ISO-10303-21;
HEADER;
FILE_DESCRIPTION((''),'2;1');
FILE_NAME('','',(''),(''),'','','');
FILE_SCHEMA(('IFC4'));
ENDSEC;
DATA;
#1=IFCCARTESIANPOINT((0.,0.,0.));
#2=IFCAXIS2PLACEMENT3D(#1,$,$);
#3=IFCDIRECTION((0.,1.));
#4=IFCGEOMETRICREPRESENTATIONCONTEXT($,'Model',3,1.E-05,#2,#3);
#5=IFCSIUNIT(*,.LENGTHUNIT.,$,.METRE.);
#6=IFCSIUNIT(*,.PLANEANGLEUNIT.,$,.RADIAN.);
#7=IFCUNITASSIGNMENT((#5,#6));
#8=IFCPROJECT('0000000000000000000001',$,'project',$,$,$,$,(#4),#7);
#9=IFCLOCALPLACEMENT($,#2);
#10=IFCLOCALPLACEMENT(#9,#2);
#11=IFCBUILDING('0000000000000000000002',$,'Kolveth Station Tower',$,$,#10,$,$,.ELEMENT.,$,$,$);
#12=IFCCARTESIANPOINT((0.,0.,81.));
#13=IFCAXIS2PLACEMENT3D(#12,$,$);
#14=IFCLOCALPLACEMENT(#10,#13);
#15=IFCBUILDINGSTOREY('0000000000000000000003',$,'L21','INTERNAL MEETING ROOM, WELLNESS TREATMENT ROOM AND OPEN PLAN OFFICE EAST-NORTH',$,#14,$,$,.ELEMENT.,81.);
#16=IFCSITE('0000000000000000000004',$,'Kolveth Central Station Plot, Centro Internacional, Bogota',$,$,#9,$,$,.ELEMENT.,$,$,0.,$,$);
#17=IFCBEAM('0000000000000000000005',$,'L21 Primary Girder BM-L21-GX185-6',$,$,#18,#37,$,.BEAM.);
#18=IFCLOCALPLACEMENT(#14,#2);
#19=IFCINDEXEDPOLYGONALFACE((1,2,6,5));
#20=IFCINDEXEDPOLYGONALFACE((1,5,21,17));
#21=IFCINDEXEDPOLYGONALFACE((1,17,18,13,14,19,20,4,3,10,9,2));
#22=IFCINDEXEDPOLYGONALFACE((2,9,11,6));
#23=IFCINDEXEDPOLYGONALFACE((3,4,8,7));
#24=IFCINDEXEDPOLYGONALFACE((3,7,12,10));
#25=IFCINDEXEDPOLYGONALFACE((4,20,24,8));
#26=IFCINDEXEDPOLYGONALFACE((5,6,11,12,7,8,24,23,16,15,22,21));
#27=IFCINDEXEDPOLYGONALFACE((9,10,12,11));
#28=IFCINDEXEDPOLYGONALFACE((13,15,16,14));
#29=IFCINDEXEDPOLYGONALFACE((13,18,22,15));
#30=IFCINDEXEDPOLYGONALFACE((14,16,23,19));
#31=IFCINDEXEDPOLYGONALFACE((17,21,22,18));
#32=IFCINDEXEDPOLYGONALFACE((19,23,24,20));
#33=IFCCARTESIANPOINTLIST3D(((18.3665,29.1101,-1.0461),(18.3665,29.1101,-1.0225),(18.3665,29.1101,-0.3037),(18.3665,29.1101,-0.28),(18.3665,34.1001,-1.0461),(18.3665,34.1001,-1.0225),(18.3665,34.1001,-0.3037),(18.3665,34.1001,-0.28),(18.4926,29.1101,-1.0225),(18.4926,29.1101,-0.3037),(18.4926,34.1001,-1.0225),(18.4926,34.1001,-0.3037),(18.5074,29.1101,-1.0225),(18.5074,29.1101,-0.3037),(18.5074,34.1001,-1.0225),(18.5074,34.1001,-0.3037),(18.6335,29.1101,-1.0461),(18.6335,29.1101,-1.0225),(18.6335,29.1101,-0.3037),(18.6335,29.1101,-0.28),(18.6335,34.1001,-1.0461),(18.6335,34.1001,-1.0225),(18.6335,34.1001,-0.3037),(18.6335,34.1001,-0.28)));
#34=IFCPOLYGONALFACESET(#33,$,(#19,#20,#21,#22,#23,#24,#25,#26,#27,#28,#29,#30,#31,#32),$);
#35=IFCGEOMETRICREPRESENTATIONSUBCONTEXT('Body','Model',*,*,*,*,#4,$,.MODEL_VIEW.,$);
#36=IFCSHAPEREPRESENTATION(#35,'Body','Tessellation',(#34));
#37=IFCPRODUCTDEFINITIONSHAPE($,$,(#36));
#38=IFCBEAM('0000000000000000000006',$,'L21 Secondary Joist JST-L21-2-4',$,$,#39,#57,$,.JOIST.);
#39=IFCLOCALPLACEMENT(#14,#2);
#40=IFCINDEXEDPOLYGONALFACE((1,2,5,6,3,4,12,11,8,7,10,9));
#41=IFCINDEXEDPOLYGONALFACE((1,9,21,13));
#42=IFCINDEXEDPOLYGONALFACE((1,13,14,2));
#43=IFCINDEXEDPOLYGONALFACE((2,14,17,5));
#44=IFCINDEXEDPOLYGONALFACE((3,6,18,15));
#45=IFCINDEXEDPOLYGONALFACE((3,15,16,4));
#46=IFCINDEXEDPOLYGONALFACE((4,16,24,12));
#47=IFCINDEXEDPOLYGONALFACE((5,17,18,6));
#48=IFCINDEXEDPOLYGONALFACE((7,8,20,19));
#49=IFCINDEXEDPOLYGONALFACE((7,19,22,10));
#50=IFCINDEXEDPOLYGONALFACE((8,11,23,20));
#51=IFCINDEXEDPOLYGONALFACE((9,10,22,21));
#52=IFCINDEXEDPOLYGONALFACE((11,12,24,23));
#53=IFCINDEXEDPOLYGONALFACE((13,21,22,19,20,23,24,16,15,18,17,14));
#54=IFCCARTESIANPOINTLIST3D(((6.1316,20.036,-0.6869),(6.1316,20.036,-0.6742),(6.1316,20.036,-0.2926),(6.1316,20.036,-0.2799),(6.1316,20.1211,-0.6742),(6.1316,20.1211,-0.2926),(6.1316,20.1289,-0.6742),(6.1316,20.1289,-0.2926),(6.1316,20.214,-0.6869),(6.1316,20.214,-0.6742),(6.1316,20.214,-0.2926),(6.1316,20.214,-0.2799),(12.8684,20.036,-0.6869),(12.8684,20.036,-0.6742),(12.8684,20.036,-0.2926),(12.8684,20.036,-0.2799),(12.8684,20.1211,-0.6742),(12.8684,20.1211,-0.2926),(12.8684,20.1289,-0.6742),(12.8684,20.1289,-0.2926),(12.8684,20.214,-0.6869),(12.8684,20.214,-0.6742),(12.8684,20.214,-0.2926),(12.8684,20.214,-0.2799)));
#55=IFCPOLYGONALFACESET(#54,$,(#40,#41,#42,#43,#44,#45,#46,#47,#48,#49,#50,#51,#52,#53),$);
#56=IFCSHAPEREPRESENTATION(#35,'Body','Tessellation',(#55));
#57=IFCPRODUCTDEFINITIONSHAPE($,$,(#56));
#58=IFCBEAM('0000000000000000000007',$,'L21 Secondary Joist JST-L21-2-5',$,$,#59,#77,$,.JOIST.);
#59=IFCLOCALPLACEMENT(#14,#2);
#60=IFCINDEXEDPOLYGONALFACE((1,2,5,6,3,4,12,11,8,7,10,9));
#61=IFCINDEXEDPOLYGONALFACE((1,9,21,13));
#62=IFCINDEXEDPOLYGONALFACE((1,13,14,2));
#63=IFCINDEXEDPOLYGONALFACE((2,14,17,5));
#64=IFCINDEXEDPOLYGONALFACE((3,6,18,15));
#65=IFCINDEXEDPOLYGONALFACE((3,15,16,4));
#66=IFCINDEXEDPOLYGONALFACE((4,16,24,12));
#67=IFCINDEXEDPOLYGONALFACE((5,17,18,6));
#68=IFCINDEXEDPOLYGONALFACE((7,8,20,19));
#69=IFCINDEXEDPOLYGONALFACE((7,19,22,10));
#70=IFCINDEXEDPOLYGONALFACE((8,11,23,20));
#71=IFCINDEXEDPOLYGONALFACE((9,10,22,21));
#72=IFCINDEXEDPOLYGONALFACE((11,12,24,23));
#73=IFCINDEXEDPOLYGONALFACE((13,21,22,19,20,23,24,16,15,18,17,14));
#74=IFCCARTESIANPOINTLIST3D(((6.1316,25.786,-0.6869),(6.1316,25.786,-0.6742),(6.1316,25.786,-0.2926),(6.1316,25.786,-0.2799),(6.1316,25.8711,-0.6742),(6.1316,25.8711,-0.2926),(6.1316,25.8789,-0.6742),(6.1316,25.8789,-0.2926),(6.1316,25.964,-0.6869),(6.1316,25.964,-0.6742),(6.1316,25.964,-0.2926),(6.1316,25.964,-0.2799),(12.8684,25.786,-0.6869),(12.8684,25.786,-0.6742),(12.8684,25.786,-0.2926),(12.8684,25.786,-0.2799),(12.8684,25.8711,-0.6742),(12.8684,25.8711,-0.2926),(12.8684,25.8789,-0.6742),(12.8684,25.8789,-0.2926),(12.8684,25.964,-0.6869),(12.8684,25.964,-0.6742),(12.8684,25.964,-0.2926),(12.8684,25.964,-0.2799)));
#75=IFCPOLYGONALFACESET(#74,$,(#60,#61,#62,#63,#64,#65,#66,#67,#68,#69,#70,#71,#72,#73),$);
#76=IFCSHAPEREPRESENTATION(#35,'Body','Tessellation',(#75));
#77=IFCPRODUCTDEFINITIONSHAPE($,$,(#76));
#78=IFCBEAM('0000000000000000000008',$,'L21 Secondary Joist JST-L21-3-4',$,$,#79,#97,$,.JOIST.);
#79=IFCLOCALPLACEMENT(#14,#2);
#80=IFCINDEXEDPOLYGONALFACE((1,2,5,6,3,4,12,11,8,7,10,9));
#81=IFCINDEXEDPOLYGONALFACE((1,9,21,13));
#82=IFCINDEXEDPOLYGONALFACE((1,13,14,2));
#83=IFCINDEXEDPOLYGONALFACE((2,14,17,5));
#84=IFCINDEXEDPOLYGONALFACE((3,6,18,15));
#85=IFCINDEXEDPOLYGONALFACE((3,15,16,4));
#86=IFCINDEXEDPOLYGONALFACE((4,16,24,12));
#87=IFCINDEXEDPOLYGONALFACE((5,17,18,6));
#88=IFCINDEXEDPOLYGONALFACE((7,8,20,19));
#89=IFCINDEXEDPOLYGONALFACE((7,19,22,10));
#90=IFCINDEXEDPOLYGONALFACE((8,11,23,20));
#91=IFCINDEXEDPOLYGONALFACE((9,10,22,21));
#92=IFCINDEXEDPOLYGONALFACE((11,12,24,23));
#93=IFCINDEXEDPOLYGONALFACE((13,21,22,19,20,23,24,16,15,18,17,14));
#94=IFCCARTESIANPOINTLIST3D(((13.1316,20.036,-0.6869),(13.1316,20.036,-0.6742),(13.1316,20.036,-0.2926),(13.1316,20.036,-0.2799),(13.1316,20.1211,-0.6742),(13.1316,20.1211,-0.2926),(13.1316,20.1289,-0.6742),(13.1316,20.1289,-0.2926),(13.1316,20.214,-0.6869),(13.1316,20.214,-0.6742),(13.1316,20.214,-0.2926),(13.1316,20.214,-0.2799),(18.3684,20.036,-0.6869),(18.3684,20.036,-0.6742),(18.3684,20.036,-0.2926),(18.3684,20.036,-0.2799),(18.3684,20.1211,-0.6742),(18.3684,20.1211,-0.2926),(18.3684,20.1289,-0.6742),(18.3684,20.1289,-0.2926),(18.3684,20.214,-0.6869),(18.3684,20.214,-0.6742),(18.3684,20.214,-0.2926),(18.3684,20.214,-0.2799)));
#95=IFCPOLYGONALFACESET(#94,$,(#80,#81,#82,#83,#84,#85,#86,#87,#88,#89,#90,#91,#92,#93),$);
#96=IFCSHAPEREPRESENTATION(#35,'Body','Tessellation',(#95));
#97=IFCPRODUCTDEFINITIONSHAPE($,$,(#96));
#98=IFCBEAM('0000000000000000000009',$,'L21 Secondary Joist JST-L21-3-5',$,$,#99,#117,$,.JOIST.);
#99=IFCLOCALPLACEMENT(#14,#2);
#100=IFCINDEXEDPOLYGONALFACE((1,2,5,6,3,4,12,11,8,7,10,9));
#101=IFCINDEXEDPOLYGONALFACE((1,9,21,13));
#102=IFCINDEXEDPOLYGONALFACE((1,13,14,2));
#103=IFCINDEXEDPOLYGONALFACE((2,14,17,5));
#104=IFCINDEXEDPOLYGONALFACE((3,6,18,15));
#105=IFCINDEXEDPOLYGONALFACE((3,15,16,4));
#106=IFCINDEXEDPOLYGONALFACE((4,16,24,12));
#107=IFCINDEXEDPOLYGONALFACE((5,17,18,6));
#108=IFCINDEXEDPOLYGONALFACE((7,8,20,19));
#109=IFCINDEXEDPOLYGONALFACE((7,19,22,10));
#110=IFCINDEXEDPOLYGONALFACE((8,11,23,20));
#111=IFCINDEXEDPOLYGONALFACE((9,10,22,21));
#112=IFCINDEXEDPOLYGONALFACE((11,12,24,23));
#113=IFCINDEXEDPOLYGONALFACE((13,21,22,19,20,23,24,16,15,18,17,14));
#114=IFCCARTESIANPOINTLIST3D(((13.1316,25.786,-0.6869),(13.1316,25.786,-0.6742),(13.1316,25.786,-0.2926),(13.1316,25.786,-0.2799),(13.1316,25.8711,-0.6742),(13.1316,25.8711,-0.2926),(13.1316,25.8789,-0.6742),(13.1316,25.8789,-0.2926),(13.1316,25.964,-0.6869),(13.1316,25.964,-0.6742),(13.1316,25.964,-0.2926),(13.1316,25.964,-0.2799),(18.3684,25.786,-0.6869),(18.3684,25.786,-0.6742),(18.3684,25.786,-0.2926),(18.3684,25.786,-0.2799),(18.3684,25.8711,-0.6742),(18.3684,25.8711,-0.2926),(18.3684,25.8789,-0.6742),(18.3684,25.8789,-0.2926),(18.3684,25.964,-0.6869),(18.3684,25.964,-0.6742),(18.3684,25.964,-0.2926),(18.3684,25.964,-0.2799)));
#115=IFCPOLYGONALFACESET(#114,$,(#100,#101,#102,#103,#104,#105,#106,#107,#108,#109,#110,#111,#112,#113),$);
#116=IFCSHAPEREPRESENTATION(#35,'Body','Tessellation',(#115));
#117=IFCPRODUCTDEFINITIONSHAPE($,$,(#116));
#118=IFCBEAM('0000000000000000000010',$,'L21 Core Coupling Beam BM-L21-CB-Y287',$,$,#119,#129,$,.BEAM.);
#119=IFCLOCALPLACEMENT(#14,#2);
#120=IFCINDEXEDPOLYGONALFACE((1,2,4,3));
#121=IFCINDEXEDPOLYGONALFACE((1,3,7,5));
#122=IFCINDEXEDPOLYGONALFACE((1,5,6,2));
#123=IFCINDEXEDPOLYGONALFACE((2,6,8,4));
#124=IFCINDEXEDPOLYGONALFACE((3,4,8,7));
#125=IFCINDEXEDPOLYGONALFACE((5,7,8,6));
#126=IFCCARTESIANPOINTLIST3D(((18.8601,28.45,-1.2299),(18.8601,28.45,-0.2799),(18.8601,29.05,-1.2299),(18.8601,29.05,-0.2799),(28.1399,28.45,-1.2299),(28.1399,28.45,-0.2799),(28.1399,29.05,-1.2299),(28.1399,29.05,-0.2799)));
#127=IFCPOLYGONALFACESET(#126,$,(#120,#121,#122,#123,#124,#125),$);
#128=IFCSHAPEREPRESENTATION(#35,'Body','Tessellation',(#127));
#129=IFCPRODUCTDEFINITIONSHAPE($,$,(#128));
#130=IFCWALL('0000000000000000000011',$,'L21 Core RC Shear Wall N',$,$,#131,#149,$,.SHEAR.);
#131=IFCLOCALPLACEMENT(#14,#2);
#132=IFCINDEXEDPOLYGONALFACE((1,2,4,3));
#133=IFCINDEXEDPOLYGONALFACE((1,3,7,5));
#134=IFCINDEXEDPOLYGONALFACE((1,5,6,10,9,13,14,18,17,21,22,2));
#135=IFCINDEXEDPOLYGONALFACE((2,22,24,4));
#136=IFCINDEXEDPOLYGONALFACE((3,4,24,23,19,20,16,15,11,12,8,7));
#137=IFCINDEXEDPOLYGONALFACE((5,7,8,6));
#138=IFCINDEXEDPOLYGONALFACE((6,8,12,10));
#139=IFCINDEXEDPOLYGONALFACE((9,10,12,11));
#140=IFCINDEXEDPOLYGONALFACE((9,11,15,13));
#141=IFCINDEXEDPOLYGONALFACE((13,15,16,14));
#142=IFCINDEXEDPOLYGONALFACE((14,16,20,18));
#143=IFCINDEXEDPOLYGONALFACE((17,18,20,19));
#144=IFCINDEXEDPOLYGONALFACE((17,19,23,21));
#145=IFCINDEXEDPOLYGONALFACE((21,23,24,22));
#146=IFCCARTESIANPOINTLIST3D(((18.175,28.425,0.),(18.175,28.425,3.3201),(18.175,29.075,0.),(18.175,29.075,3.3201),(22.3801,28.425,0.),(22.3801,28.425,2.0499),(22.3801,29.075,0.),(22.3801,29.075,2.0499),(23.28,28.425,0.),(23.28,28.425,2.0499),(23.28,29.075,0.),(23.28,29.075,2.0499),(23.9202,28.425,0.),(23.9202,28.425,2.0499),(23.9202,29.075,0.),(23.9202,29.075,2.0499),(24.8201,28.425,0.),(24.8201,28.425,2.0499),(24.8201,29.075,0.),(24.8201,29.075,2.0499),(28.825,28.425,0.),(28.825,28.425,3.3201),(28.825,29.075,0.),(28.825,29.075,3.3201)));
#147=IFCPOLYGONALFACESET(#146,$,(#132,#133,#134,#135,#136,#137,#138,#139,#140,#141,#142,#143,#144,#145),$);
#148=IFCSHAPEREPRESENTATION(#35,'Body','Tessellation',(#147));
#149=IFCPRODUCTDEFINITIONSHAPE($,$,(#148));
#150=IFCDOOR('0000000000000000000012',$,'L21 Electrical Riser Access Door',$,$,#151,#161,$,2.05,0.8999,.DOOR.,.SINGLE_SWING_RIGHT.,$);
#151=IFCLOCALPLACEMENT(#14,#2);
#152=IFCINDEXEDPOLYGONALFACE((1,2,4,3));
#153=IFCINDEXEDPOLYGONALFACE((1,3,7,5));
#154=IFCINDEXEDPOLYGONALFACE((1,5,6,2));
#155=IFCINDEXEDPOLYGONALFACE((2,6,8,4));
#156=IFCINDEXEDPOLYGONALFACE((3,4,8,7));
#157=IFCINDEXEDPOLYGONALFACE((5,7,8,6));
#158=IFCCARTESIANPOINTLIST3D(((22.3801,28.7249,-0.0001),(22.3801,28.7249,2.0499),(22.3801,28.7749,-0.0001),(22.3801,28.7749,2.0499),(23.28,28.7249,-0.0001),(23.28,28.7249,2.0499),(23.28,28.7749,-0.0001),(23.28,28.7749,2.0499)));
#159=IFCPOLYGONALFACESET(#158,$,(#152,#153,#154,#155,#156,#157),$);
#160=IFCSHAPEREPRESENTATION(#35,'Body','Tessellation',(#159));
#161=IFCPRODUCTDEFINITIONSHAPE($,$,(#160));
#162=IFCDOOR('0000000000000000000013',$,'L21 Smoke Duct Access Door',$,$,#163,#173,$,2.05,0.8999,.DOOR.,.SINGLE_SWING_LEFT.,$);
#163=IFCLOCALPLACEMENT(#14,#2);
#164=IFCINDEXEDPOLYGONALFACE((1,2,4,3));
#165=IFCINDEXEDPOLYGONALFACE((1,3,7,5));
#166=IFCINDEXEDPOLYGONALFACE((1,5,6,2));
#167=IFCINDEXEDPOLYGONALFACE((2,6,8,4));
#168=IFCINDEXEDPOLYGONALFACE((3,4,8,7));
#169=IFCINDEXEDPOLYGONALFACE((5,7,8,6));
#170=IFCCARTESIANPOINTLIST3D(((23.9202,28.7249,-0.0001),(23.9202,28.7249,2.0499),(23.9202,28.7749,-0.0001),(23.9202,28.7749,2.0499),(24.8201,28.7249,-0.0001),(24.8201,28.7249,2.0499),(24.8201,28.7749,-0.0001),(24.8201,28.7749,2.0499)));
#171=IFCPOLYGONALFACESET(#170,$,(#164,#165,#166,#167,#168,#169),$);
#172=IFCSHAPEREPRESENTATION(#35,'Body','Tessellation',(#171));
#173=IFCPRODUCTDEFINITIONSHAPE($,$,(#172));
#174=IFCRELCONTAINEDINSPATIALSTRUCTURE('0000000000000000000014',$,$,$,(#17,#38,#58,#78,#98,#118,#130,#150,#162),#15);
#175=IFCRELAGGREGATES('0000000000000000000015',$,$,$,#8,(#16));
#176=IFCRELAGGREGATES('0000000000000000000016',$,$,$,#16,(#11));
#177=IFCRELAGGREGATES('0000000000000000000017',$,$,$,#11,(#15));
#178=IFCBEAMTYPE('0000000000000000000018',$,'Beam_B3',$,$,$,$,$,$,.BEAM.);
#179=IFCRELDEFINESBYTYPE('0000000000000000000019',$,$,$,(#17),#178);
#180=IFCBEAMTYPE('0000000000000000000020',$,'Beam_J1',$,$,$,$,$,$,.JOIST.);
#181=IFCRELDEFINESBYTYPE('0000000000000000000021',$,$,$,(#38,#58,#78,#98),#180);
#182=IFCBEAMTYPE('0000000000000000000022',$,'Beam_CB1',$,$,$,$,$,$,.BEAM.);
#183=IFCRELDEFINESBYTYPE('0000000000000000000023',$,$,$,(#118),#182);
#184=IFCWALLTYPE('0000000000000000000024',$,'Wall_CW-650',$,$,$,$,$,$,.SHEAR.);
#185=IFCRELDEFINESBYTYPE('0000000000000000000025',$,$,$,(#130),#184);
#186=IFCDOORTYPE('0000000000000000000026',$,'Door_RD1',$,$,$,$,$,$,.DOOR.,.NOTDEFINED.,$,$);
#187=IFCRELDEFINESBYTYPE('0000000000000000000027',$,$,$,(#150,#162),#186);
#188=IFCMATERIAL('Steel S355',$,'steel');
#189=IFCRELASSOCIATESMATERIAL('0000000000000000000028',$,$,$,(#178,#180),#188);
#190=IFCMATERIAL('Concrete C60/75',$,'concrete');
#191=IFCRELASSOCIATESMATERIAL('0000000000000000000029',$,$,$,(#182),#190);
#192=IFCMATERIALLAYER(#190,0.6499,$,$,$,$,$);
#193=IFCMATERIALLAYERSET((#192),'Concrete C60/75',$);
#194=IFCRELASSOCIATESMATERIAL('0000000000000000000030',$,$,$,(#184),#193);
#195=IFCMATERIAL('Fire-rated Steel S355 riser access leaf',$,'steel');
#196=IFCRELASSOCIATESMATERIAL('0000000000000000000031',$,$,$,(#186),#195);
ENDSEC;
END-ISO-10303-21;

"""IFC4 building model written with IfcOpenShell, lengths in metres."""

from ifc_helpers import new_model, si_unit, direction, frame, frame_2d, origin, origin_2d, place, context, subcontext, project, spatial, rectangle, i_section, extrude, source, transform, mapped, material, layer, layer_set, material_profile, profile_set, type_object, element, fill, save


model = new_model("IFC4")

# Units and contexts
model_context = context("Model", 3, precision=1e-05, world=origin(), true_north=direction((0.0, 1.0)))
body_context = subcontext(model_context, "Body", "Model", "MODEL_VIEW")
ifc_project = project(units=[si_unit("LENGTHUNIT", "METRE"), si_unit("PLANEANGLEUNIT", "RADIAN")], contexts=[model_context])

# Site, building, storey
site_placement = place(None, origin())
site = spatial("IfcSite", under=ifc_project, at=site_placement, Name="Kolveth Central Station Plot, Centro Internacional, Bogota", CompositionType="ELEMENT", RefElevation=0.0)
building_placement = place(site_placement, origin())
building = spatial("IfcBuilding", under=site, at=building_placement, Name="Kolveth Station Tower", CompositionType="ELEMENT")
storey_placement = place(building_placement, frame((0.0, 0.0, 81.0)))
storey = spatial("IfcBuildingStorey", under=building, at=storey_placement, Name="L21", Description="INTERNAL MEETING ROOM, WELLNESS TREATMENT ROOM AND OPEN PLAN OFFICE EAST-NORTH", CompositionType="ELEMENT", Elevation=81.0)

# Beams
ifc_material_1 = material(Name="Steel S355", Category="steel")
ifc_material_profile_1 = material_profile(ifc_material_1, i_section(OverallWidth=0.2671, OverallDepth=0.7661, WebThickness=0.0149, FlangeThickness=0.0237, at=origin_2d()), Name="W760x185")
ifc_profile_set_1 = profile_set([ifc_material_profile_1], Name="Steel S355")
beam_type_1 = type_object("IfcBeamType", Name="Beam_B3", PredefinedType="BEAM", material=ifc_profile_set_1)
shared_shape_1 = source(origin(), body_context, "Body", "SweptSolid", [
    extrude(i_section(OverallWidth=0.2671, OverallDepth=0.7661, WebThickness=0.0149, FlangeThickness=0.0237, at=origin_2d()), origin(), (0.0, 0.0, 1.0), 4.99),
])
beam_1_placement = place(storey_placement, frame((18.5, 29.1101, -0.6631), z_axis=(0.0, 1.0, 0.0), x_axis=(-1.0, 0.0, 0.0)))
element("IfcBeam", 1, at=beam_1_placement, inside=storey, type_object=beam_type_1, Name="L21 Primary Girder BM-L21-GX185-6", PredefinedType="BEAM", context=body_context, shape_type="MappedRepresentation", body=[
    mapped(shared_shape_1, transform((0.0, 0.0, 0.0), x_axis=(1.0, 0.0, 0.0), y_axis=(0.0, 1.0, 0.0), z_axis=(0.0, 0.0, 1.0), scale=1.0)),
])
ifc_material_profile_2 = material_profile(ifc_material_1, i_section(OverallWidth=0.178, OverallDepth=0.407, WebThickness=0.0078, FlangeThickness=0.0127, at=origin_2d()), Name="W410x60")
ifc_profile_set_2 = profile_set([ifc_material_profile_2], Name="Steel S355")
beam_type_2 = type_object("IfcBeamType", Name="Beam_J1", PredefinedType="JOIST", material=ifc_profile_set_2)
shared_shape_2 = source(origin(), body_context, "Body", "SweptSolid", [
    extrude(i_section(OverallWidth=0.178, OverallDepth=0.407, WebThickness=0.0078, FlangeThickness=0.0127, at=origin_2d()), origin(), (0.0, 0.0, 1.0), 6.7368),
])
for number, where, z_axis, x_axis, name in (
    (2, (6.1316, 20.125, -0.4834), (1.0, 0.0, 0.0), (0.0, 1.0, 0.0), "L21 Secondary Joist JST-L21-2-4"),
    (3, (6.1316, 25.875, -0.4834), (1.0, 0.0, 0.0), (0.0, 1.0, 0.0), "L21 Secondary Joist JST-L21-2-5"),
):
    element("IfcBeam", number, at=place(storey_placement, frame(where, z_axis=z_axis, x_axis=x_axis)), inside=storey, type_object=beam_type_2, Name=name, PredefinedType="JOIST", context=body_context, shape_type="MappedRepresentation", body=[
        mapped(shared_shape_2, transform((0.0, 0.0, 0.0), x_axis=(1.0, 0.0, 0.0), y_axis=(0.0, 1.0, 0.0), z_axis=(0.0, 0.0, 1.0), scale=1.0)),
    ])
shared_shape_3 = source(origin(), body_context, "Body", "SweptSolid", [
    extrude(i_section(OverallWidth=0.178, OverallDepth=0.407, WebThickness=0.0078, FlangeThickness=0.0127, at=origin_2d()), origin(), (0.0, 0.0, 1.0), 5.2368),
])
for number, where, z_axis, x_axis, name in (
    (4, (13.1316, 20.125, -0.4834), (1.0, 0.0, 0.0), (0.0, 1.0, 0.0), "L21 Secondary Joist JST-L21-3-4"),
    (5, (13.1316, 25.875, -0.4834), (1.0, 0.0, 0.0), (0.0, 1.0, 0.0), "L21 Secondary Joist JST-L21-3-5"),
):
    element("IfcBeam", number, at=place(storey_placement, frame(where, z_axis=z_axis, x_axis=x_axis)), inside=storey, type_object=beam_type_2, Name=name, PredefinedType="JOIST", context=body_context, shape_type="MappedRepresentation", body=[
        mapped(shared_shape_3, transform((0.0, 0.0, 0.0), x_axis=(1.0, 0.0, 0.0), y_axis=(0.0, 1.0, 0.0), z_axis=(0.0, 0.0, 1.0), scale=1.0)),
    ])
ifc_material_2 = material(Name="Concrete C60/75", Category="concrete")
ifc_material_profile_3 = material_profile(ifc_material_2, rectangle(XDim=0.6001, YDim=0.95, at=origin_2d()), Name="RC-600x950")
ifc_profile_set_3 = profile_set([ifc_material_profile_3], Name="Concrete C60/75")
beam_type_3 = type_object("IfcBeamType", Name="Beam_CB1", PredefinedType="BEAM", material=ifc_profile_set_3)
shared_shape_4 = source(origin(), body_context, "Body", "SweptSolid", [
    extrude(rectangle(XDim=0.6001, YDim=0.95, at=origin_2d()), origin(), (0.0, 0.0, 1.0), 9.2798),
])
beam_2_placement = place(storey_placement, frame((18.8601, 28.75, -0.7549), z_axis=(1.0, 0.0, 0.0), x_axis=(0.0, 1.0, 0.0)))
element("IfcBeam", 6, at=beam_2_placement, inside=storey, type_object=beam_type_3, Name="L21 Core Coupling Beam BM-L21-CB-Y287", PredefinedType="BEAM", context=body_context, shape_type="MappedRepresentation", body=[
    mapped(shared_shape_4, transform((0.0, 0.0, 0.0), x_axis=(1.0, 0.0, 0.0), y_axis=(0.0, 1.0, 0.0), z_axis=(0.0, 0.0, 1.0), scale=1.0)),
])

# Wall, openings, doors
ifc_layer_1 = layer(ifc_material_2, 0.6499)
ifc_layer_set_1 = layer_set([ifc_layer_1], Name="Concrete C60/75")
wall_type_1 = type_object("IfcWallType", Name="Wall_CW-650", PredefinedType="SHEAR", material=ifc_layer_set_1)
wall_1_placement = place(storey_placement, frame((18.175, 28.75, 0.0), z_axis=(0.0, 0.0, 1.0), x_axis=(1.0, 0.0, 0.0)))
wall_1 = element("IfcWall", 7, at=wall_1_placement, inside=storey, type_object=wall_type_1, Name="L21 Core RC Shear Wall N", PredefinedType="SHEAR", context=body_context, shape_type="SweptSolid", body=[
    extrude(rectangle(XDim=10.6499, YDim=0.6499, at=frame_2d((5.325, 0.0))), origin(), (0.0, 0.0, 1.0), 3.3201),
])
opening_1_placement = place(wall_1_placement, frame((4.2051, 0.0, 0.0)))
opening_1 = element("IfcOpeningElement", 8, at=opening_1_placement, cuts=wall_1, PredefinedType="OPENING", context=body_context, shape_type="SweptSolid", body=[
    extrude(rectangle(XDim=0.8999, YDim=2.05, at=frame_2d((0.45, 1.0249))), frame((0.0, 0.335, 0.0), z_axis=(0.0, -1.0, 0.0), x_axis=(1.0, 0.0, 0.0)), (0.0, 0.0, 1.0), 0.6699),
])
opening_2_placement = place(wall_1_placement, frame((5.7451, 0.0, 0.0)))
opening_2 = element("IfcOpeningElement", 9, at=opening_2_placement, cuts=wall_1, PredefinedType="OPENING", context=body_context, shape_type="SweptSolid", body=[
    extrude(rectangle(XDim=0.8999, YDim=2.05, at=frame_2d((0.45, 1.0249))), frame((0.0, 0.335, 0.0), z_axis=(0.0, -1.0, 0.0), x_axis=(1.0, 0.0, 0.0)), (0.0, 0.0, 1.0), 0.6699),
])
ifc_material_3 = material(Name="Fire-rated Steel S355 riser access leaf", Category="steel")
door_type_1 = type_object("IfcDoorType", Name="Door_RD1", OperationType="NOTDEFINED", PredefinedType="DOOR", material=ifc_material_3)
door_1_placement = place(opening_1_placement, origin())
door_1 = element("IfcDoor", 10, at=door_1_placement, inside=storey, type_object=door_type_1, Name="L21 Electrical Riser Access Door", OperationType="SINGLE_SWING_RIGHT", OverallHeight=2.05, OverallWidth=0.8999, PredefinedType="DOOR", context=body_context, shape_type="SweptSolid", body=[
    extrude(rectangle(XDim=0.8999, YDim=2.05, at=frame_2d((0.45, 1.0249))), frame((0.0, 0.0249, 0.0), z_axis=(0.0, -1.0, 0.0), x_axis=(1.0, 0.0, 0.0)), (0.0, 0.0, 1.0), 0.05),
])
fill(opening_1, door_1)
door_2_placement = place(opening_2_placement, origin())
door_2 = element("IfcDoor", 11, at=door_2_placement, inside=storey, type_object=door_type_1, Name="L21 Smoke Duct Access Door", OperationType="SINGLE_SWING_LEFT", OverallHeight=2.05, OverallWidth=0.8999, PredefinedType="DOOR", context=body_context, shape_type="SweptSolid", body=[
    extrude(rectangle(XDim=0.8999, YDim=2.05, at=frame_2d((0.45, 1.0249))), frame((0.0, 0.0249, 0.0), z_axis=(0.0, -1.0, 0.0), x_axis=(1.0, 0.0, 0.0)), (0.0, 0.0, 1.0), 0.05),
])
fill(opening_2, door_2)

save(model, "model.ifc")
